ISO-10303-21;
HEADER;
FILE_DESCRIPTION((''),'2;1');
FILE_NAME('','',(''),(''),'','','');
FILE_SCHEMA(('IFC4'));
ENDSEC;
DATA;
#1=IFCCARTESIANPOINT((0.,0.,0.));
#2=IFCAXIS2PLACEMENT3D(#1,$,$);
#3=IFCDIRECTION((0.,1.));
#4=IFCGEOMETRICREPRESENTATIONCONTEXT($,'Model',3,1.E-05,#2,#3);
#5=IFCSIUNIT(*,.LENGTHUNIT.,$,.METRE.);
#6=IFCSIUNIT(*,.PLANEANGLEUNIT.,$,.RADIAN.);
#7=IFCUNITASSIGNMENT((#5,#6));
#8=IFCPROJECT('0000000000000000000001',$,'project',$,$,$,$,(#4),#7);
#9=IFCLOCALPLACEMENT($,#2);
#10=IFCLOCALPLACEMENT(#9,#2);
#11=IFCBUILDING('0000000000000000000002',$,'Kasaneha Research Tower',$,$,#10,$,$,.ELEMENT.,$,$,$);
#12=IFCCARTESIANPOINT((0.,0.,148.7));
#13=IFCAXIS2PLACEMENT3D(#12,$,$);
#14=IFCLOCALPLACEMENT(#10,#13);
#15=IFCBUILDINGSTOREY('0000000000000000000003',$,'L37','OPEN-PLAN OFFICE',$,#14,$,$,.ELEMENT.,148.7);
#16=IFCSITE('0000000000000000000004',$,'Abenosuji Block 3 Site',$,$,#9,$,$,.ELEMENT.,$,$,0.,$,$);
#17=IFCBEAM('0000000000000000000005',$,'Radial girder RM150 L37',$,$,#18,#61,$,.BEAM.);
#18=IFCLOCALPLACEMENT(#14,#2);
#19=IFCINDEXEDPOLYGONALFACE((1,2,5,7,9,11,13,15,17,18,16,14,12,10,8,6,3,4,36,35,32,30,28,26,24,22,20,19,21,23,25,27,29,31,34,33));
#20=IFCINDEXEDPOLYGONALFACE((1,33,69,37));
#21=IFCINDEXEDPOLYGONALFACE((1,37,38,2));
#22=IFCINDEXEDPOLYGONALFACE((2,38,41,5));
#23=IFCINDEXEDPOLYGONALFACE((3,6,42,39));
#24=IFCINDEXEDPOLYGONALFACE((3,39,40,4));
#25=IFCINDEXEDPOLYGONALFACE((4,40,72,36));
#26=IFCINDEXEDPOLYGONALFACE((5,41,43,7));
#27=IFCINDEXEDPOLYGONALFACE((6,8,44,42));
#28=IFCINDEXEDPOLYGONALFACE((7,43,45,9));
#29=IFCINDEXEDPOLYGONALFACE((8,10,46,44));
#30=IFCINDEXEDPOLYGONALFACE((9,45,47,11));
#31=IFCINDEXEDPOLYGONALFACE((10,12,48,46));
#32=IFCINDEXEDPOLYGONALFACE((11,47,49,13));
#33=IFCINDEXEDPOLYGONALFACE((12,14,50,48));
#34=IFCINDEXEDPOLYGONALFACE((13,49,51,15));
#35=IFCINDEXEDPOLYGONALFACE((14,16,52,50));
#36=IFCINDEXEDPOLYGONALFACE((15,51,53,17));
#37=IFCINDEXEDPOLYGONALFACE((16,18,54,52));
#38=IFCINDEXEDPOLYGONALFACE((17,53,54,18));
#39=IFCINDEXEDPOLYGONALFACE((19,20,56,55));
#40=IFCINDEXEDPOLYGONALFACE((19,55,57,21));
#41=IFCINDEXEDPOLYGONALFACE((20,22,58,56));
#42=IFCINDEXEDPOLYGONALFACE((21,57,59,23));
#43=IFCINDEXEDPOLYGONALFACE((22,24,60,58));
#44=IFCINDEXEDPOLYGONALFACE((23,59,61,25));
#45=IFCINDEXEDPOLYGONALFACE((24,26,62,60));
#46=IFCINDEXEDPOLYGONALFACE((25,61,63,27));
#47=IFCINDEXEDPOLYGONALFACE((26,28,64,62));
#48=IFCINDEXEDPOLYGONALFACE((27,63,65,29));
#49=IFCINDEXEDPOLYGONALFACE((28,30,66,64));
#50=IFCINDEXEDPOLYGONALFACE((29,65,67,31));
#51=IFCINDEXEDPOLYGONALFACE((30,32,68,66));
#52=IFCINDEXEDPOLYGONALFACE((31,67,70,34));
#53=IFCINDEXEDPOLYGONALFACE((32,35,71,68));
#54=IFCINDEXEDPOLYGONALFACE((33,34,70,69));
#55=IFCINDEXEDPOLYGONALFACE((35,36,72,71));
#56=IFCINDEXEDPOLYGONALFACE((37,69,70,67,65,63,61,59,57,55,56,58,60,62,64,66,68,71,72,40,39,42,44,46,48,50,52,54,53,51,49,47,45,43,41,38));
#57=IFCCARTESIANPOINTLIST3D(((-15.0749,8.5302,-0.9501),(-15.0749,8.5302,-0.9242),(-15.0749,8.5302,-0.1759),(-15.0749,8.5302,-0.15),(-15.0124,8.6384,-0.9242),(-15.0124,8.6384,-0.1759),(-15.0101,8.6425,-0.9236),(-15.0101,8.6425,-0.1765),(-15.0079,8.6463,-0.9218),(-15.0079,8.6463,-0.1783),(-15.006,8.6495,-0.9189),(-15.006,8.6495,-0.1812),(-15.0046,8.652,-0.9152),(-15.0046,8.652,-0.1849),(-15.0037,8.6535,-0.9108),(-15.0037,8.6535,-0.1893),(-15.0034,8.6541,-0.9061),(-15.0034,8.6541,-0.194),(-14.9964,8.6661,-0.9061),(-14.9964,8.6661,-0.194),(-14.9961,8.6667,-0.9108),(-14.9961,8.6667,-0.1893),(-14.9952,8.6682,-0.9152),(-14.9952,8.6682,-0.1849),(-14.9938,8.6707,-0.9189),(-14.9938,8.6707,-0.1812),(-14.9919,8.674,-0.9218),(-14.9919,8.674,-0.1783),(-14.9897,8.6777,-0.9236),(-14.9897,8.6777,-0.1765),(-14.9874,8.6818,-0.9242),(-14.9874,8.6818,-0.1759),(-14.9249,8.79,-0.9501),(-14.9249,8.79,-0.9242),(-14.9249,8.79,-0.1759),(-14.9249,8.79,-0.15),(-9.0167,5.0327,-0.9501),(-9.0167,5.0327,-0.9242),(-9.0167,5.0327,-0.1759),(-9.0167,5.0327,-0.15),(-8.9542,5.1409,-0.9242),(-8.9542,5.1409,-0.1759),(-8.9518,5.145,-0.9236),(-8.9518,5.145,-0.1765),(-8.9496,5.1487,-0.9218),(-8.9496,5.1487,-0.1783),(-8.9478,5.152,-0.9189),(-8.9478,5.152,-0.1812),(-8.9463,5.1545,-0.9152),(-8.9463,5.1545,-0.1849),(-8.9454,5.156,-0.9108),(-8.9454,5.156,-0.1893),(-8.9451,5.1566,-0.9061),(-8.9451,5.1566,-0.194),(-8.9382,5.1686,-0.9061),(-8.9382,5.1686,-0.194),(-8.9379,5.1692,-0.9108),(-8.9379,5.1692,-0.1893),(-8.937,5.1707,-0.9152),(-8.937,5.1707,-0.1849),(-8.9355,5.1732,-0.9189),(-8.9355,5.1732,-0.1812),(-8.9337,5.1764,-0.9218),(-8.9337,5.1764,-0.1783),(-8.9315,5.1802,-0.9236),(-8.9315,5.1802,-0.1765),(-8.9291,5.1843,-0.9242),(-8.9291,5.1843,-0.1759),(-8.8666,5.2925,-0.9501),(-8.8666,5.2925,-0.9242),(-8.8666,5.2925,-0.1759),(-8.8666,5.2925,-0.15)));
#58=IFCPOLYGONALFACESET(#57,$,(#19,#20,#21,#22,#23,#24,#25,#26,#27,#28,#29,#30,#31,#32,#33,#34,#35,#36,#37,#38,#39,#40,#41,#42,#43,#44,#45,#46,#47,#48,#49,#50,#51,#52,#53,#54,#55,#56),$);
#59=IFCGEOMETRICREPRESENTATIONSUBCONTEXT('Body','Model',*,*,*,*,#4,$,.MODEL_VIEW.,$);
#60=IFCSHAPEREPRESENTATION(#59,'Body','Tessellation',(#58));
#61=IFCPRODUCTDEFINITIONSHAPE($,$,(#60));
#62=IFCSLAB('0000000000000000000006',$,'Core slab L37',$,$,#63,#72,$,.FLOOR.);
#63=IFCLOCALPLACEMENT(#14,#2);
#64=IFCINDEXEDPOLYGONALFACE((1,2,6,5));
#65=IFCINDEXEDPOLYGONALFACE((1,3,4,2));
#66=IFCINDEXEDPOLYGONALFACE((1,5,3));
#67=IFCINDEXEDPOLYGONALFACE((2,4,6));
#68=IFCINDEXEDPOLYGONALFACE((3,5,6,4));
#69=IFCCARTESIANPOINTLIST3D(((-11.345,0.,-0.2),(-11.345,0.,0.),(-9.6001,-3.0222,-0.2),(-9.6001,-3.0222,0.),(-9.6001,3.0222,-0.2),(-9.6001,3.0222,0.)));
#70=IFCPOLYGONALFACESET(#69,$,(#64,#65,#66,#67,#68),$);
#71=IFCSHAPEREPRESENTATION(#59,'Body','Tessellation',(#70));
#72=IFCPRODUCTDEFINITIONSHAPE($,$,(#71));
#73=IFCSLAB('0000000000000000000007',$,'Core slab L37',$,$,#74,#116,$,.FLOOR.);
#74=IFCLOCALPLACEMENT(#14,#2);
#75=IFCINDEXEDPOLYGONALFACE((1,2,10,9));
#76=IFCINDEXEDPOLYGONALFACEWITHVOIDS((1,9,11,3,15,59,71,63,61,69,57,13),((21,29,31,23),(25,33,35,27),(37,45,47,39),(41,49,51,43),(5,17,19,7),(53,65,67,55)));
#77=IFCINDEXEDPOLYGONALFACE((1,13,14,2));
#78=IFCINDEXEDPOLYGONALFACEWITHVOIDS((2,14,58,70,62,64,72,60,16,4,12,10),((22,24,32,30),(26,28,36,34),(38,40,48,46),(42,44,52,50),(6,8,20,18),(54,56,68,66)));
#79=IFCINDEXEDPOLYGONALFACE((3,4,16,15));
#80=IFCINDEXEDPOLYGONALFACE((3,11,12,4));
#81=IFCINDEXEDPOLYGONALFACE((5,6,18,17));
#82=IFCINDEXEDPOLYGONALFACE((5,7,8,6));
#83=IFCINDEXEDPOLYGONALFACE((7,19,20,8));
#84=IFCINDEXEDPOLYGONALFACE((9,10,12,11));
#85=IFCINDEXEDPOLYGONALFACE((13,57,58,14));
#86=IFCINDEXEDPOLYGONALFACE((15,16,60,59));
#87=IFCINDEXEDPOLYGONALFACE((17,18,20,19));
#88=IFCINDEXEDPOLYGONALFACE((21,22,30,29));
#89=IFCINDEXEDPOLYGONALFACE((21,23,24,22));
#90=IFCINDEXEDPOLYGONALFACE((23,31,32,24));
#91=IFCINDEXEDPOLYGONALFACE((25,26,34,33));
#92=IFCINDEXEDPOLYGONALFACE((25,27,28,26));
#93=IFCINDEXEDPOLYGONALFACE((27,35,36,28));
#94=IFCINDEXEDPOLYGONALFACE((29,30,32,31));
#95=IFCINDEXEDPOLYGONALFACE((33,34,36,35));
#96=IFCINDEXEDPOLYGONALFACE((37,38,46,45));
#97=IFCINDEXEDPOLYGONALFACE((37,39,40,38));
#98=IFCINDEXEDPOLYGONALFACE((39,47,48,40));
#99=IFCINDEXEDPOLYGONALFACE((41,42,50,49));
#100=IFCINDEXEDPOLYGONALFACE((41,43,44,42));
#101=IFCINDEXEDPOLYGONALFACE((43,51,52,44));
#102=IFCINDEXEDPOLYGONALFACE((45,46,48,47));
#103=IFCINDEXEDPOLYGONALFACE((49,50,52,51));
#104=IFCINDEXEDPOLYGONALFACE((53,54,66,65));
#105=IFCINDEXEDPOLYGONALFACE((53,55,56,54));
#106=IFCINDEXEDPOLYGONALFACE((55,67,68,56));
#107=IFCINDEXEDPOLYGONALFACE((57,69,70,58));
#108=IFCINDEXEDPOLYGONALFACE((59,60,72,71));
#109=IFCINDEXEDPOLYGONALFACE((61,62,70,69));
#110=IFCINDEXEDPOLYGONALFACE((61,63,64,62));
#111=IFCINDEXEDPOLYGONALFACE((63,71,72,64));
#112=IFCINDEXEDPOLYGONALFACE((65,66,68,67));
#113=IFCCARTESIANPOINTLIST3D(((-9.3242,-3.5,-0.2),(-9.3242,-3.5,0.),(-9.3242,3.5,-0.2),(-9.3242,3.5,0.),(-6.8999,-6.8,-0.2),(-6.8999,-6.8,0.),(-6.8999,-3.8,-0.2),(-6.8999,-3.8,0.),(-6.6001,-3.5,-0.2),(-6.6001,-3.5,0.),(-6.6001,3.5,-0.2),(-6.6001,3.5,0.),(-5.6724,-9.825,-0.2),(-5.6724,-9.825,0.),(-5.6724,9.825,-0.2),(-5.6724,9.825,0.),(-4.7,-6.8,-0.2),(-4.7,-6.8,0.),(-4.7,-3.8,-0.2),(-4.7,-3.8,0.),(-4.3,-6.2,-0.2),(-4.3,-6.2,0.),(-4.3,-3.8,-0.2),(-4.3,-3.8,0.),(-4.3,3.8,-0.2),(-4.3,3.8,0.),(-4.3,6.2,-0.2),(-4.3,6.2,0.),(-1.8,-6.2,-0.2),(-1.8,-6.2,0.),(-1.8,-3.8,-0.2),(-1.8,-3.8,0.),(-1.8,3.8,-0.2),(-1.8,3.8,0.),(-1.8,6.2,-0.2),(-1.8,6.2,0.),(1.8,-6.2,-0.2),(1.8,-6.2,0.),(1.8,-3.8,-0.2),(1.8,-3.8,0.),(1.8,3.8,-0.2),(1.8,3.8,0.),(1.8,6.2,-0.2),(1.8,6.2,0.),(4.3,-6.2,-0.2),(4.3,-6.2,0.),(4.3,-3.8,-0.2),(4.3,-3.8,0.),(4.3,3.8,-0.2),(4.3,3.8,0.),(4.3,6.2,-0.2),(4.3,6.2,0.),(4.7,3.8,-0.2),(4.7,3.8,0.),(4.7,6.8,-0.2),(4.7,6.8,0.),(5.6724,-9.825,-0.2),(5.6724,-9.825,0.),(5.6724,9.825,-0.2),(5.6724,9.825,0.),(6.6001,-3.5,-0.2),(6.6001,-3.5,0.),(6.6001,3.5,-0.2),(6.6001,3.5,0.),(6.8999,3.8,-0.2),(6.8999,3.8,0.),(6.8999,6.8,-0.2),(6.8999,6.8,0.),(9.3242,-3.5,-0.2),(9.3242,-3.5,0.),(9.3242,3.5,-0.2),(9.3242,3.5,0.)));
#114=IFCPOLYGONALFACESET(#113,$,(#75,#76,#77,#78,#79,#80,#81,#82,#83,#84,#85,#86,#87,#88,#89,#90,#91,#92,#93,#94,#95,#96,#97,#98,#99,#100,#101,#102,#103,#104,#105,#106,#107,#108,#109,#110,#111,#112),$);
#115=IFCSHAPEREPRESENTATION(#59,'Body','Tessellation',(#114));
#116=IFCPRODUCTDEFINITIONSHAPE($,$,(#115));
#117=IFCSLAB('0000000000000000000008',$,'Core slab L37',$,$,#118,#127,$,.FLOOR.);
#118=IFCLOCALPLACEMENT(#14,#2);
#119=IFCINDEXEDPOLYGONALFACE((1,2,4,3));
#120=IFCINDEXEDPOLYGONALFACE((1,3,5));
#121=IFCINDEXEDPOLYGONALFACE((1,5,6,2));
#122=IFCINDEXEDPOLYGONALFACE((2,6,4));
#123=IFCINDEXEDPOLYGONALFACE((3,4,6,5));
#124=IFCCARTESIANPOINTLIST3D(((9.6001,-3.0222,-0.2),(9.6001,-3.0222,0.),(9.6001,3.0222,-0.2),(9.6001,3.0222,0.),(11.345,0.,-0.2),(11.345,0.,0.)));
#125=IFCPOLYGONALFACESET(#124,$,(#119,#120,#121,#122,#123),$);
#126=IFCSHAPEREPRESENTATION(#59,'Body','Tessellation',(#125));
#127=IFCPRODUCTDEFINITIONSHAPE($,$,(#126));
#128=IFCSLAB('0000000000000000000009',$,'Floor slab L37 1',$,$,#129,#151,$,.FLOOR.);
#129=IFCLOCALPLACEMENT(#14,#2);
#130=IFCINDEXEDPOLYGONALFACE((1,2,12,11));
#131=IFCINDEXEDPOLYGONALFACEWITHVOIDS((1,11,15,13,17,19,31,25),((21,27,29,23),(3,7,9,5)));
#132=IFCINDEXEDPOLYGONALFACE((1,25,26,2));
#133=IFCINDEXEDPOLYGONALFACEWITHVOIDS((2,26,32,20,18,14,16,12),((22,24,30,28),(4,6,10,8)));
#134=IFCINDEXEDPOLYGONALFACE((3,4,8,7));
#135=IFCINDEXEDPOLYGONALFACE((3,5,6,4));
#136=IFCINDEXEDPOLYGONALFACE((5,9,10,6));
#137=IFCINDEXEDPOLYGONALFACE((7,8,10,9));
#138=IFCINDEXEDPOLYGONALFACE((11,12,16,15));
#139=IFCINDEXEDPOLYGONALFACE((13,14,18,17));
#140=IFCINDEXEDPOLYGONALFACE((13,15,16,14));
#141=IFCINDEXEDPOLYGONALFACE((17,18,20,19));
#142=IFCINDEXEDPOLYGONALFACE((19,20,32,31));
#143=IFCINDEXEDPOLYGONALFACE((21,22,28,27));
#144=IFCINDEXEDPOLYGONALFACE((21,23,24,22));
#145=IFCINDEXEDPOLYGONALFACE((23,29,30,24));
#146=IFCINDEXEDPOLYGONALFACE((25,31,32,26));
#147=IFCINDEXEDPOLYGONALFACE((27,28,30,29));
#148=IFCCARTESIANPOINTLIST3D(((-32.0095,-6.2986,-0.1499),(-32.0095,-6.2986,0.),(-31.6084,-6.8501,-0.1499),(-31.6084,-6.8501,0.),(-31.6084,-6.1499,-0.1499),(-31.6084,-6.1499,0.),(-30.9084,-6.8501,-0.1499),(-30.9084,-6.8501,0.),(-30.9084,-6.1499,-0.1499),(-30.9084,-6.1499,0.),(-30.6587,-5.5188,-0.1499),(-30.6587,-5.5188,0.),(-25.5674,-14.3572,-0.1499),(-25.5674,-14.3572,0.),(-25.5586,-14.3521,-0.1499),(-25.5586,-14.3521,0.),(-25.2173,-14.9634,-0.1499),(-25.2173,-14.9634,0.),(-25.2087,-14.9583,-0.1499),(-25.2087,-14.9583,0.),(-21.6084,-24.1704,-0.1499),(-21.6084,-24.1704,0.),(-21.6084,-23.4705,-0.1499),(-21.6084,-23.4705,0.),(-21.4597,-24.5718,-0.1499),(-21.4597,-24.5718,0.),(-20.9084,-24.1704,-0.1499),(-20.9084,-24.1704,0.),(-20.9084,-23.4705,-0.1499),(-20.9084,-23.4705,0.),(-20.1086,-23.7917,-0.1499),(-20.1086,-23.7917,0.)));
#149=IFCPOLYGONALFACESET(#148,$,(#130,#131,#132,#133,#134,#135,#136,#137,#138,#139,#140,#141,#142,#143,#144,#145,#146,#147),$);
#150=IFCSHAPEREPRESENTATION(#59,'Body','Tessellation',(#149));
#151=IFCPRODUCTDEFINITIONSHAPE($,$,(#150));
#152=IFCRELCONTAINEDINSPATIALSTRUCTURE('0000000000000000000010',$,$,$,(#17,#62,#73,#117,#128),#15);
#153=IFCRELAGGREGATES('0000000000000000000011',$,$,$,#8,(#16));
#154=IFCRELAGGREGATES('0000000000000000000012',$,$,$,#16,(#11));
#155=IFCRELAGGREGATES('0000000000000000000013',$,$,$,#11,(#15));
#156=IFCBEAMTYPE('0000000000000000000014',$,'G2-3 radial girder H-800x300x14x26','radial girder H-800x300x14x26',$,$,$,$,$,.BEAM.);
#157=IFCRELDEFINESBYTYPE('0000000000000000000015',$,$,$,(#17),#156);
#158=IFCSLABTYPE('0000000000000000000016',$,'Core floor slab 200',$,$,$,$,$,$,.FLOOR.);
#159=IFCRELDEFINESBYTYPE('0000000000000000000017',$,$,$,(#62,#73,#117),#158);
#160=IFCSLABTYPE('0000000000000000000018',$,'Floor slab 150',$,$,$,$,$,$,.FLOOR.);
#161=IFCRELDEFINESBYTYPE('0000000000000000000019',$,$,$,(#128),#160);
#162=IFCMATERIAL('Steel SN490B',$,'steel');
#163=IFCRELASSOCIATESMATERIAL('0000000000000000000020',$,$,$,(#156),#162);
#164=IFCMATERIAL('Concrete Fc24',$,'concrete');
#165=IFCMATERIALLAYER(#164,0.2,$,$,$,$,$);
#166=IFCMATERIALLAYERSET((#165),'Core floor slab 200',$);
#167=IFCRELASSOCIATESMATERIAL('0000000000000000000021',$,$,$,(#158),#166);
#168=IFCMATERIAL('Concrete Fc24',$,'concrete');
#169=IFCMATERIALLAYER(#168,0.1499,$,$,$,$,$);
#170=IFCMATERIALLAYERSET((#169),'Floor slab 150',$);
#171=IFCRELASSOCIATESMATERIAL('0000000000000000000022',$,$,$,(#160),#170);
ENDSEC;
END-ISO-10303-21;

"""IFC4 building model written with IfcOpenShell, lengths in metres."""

from ifc_helpers import new_model, si_unit, direction, frame, origin, origin_2d, place, context, subcontext, project, spatial, polyline, i_section, outline, extrude, material, layer, layer_set, material_profile, profile_set, type_object, element, save


model = new_model("IFC4")

# Units and contexts
model_context = context("Model", 3, precision=1e-05, world=origin(), true_north=direction((0.0, 1.0)))
body_context = subcontext(model_context, "Body", "Model", "MODEL_VIEW")
ifc_project = project(units=[si_unit("LENGTHUNIT", "METRE"), si_unit("PLANEANGLEUNIT", "RADIAN")], contexts=[model_context])

# Site, building, storey
site_placement = place(None, origin())
site = spatial("IfcSite", under=ifc_project, at=site_placement, Name="Abenosuji Block 3 Site", CompositionType="ELEMENT", RefElevation=0.0)
building_placement = place(site_placement, origin())
building = spatial("IfcBuilding", under=site, at=building_placement, Name="Kasaneha Research Tower", CompositionType="ELEMENT")
storey_placement = place(building_placement, frame((0.0, 0.0, 148.7)))
storey = spatial("IfcBuildingStorey", under=building, at=storey_placement, Name="L37", Description="OPEN-PLAN OFFICE", CompositionType="ELEMENT", Elevation=148.7)

# Beam
ifc_material_1 = material(Name="Steel SN490B", Category="steel")
ifc_material_profile = material_profile(ifc_material_1, i_section(OverallWidth=0.3, OverallDepth=0.8, WebThickness=0.0139, FlangeThickness=0.0259, FilletRadius=0.0181, at=origin_2d()), Name="H-800x300x14x26")
ifc_profile_set = profile_set([ifc_material_profile], Name="Steel SN490B")
beam_type = type_object("IfcBeamType", Name="G2-3 radial girder H-800x300x14x26", Description="radial girder H-800x300x14x26", PredefinedType="BEAM", material=ifc_profile_set)
beam_placement = place(storey_placement, frame((-8.9417, 5.1626, -0.55), z_axis=(-0.86604, 0.499975, 0.0), x_axis=(-0.499975, -0.86604, 0.0)))
element("IfcBeam", 1, at=beam_placement, inside=storey, type_object=beam_type, Name="Radial girder RM150 L37", PredefinedType="BEAM", context=body_context, shape_type="SweptSolid", body=[
    extrude(i_section(OverallWidth=0.3, OverallDepth=0.8, WebThickness=0.0139, FlangeThickness=0.0259, FilletRadius=0.0181, at=origin_2d()), origin(), (0.0, 0.0, 1.0), 6.9954),
])

# Slabs
ifc_material_2 = material(Name="Concrete Fc24", Category="concrete")
ifc_layer_1 = layer(ifc_material_2, 0.2)
ifc_layer_set_1 = layer_set([ifc_layer_1], Name="Core floor slab 200")
slab_type_1 = type_object("IfcSlabType", Name="Core floor slab 200", PredefinedType="FLOOR", material=ifc_layer_set_1)
slab_1_placement = place(storey_placement, frame((0.0, 0.0, -0.2)))
element("IfcSlab", 2, at=slab_1_placement, inside=storey, type_object=slab_type_1, Name="Core slab L37", PredefinedType="FLOOR", context=body_context, shape_type="SweptSolid", body=[
    extrude(outline(polyline([(-11.345, 0.0), (-9.6001, 3.0222), (-9.6001, -3.0222), (-11.345, 0.0)])), origin(), (0.0, 0.0, 1.0), 0.2),
])
slab_2_placement = place(storey_placement, frame((0.0, 0.0, -0.2)))
element("IfcSlab", 3, at=slab_2_placement, inside=storey, type_object=slab_type_1, Name="Core slab L37", PredefinedType="FLOOR", context=body_context, shape_type="SweptSolid", body=[
    extrude(outline(polyline([(-5.6724, 9.825), (5.6724, 9.825), (9.3242, 3.5), (6.6001, 3.5), (6.6001, -3.5), (9.3242, -3.5), (5.6724, -9.825), (-5.6724, -9.825), (-9.3242, -3.5), (-6.6001, -3.5), (-6.6001, 3.5), (-9.3242, 3.5), (-5.6724, 9.825)]), holes=[polyline([(-6.8999, -3.8), (-6.8999, -6.8), (-4.7, -6.8), (-4.7, -3.8), (-6.8999, -3.8)]), polyline([(-4.3, -3.8), (-4.3, -6.2), (-1.8, -6.2), (-1.8, -3.8), (-4.3, -3.8)]), polyline([(1.8, -3.8), (1.8, -6.2), (4.3, -6.2), (4.3, -3.8), (1.8, -3.8)]), polyline([(-4.3, 6.2), (-4.3, 3.8), (-1.8, 3.8), (-1.8, 6.2), (-4.3, 6.2)]), polyline([(1.8, 6.2), (1.8, 3.8), (4.3, 3.8), (4.3, 6.2), (1.8, 6.2)]), polyline([(4.7, 6.8), (4.7, 3.8), (6.8999, 3.8), (6.8999, 6.8), (4.7, 6.8)])]), origin(), (0.0, 0.0, 1.0), 0.2),
])
slab_3_placement = place(storey_placement, frame((0.0, 0.0, -0.2)))
element("IfcSlab", 4, at=slab_3_placement, inside=storey, type_object=slab_type_1, Name="Core slab L37", PredefinedType="FLOOR", context=body_context, shape_type="SweptSolid", body=[
    extrude(outline(polyline([(11.345, 0.0), (9.6001, -3.0222), (9.6001, 3.0222), (11.345, 0.0)])), origin(), (0.0, 0.0, 1.0), 0.2),
])
ifc_material_3 = material(Name="Concrete Fc24", Category="concrete")
ifc_layer_2 = layer(ifc_material_3, 0.1499)
ifc_layer_set_2 = layer_set([ifc_layer_2], Name="Floor slab 150")
slab_type_2 = type_object("IfcSlabType", Name="Floor slab 150", PredefinedType="FLOOR", material=ifc_layer_set_2)
slab_4_placement = place(storey_placement, frame((0.0, 0.0, -0.1499)))
element("IfcSlab", 5, at=slab_4_placement, inside=storey, type_object=slab_type_2, Name="Floor slab L37 1", PredefinedType="FLOOR", context=body_context, shape_type="SweptSolid", body=[
    extrude(outline(polyline([(-32.0095, -6.2986), (-30.6587, -5.5188), (-25.5586, -14.3521), (-25.5674, -14.3572), (-25.2173, -14.9634), (-25.2087, -14.9583), (-20.1086, -23.7917), (-21.4597, -24.5718), (-32.0095, -6.2986)]), holes=[polyline([(-20.9084, -24.1704), (-20.9084, -23.4705), (-21.6084, -23.4705), (-21.6084, -24.1704), (-20.9084, -24.1704)]), polyline([(-30.9084, -6.8501), (-30.9084, -6.1499), (-31.6084, -6.1499), (-31.6084, -6.8501), (-30.9084, -6.8501)])]), origin(), (0.0, 0.0, 1.0), 0.1499),
])

save(model, "model.ifc")
